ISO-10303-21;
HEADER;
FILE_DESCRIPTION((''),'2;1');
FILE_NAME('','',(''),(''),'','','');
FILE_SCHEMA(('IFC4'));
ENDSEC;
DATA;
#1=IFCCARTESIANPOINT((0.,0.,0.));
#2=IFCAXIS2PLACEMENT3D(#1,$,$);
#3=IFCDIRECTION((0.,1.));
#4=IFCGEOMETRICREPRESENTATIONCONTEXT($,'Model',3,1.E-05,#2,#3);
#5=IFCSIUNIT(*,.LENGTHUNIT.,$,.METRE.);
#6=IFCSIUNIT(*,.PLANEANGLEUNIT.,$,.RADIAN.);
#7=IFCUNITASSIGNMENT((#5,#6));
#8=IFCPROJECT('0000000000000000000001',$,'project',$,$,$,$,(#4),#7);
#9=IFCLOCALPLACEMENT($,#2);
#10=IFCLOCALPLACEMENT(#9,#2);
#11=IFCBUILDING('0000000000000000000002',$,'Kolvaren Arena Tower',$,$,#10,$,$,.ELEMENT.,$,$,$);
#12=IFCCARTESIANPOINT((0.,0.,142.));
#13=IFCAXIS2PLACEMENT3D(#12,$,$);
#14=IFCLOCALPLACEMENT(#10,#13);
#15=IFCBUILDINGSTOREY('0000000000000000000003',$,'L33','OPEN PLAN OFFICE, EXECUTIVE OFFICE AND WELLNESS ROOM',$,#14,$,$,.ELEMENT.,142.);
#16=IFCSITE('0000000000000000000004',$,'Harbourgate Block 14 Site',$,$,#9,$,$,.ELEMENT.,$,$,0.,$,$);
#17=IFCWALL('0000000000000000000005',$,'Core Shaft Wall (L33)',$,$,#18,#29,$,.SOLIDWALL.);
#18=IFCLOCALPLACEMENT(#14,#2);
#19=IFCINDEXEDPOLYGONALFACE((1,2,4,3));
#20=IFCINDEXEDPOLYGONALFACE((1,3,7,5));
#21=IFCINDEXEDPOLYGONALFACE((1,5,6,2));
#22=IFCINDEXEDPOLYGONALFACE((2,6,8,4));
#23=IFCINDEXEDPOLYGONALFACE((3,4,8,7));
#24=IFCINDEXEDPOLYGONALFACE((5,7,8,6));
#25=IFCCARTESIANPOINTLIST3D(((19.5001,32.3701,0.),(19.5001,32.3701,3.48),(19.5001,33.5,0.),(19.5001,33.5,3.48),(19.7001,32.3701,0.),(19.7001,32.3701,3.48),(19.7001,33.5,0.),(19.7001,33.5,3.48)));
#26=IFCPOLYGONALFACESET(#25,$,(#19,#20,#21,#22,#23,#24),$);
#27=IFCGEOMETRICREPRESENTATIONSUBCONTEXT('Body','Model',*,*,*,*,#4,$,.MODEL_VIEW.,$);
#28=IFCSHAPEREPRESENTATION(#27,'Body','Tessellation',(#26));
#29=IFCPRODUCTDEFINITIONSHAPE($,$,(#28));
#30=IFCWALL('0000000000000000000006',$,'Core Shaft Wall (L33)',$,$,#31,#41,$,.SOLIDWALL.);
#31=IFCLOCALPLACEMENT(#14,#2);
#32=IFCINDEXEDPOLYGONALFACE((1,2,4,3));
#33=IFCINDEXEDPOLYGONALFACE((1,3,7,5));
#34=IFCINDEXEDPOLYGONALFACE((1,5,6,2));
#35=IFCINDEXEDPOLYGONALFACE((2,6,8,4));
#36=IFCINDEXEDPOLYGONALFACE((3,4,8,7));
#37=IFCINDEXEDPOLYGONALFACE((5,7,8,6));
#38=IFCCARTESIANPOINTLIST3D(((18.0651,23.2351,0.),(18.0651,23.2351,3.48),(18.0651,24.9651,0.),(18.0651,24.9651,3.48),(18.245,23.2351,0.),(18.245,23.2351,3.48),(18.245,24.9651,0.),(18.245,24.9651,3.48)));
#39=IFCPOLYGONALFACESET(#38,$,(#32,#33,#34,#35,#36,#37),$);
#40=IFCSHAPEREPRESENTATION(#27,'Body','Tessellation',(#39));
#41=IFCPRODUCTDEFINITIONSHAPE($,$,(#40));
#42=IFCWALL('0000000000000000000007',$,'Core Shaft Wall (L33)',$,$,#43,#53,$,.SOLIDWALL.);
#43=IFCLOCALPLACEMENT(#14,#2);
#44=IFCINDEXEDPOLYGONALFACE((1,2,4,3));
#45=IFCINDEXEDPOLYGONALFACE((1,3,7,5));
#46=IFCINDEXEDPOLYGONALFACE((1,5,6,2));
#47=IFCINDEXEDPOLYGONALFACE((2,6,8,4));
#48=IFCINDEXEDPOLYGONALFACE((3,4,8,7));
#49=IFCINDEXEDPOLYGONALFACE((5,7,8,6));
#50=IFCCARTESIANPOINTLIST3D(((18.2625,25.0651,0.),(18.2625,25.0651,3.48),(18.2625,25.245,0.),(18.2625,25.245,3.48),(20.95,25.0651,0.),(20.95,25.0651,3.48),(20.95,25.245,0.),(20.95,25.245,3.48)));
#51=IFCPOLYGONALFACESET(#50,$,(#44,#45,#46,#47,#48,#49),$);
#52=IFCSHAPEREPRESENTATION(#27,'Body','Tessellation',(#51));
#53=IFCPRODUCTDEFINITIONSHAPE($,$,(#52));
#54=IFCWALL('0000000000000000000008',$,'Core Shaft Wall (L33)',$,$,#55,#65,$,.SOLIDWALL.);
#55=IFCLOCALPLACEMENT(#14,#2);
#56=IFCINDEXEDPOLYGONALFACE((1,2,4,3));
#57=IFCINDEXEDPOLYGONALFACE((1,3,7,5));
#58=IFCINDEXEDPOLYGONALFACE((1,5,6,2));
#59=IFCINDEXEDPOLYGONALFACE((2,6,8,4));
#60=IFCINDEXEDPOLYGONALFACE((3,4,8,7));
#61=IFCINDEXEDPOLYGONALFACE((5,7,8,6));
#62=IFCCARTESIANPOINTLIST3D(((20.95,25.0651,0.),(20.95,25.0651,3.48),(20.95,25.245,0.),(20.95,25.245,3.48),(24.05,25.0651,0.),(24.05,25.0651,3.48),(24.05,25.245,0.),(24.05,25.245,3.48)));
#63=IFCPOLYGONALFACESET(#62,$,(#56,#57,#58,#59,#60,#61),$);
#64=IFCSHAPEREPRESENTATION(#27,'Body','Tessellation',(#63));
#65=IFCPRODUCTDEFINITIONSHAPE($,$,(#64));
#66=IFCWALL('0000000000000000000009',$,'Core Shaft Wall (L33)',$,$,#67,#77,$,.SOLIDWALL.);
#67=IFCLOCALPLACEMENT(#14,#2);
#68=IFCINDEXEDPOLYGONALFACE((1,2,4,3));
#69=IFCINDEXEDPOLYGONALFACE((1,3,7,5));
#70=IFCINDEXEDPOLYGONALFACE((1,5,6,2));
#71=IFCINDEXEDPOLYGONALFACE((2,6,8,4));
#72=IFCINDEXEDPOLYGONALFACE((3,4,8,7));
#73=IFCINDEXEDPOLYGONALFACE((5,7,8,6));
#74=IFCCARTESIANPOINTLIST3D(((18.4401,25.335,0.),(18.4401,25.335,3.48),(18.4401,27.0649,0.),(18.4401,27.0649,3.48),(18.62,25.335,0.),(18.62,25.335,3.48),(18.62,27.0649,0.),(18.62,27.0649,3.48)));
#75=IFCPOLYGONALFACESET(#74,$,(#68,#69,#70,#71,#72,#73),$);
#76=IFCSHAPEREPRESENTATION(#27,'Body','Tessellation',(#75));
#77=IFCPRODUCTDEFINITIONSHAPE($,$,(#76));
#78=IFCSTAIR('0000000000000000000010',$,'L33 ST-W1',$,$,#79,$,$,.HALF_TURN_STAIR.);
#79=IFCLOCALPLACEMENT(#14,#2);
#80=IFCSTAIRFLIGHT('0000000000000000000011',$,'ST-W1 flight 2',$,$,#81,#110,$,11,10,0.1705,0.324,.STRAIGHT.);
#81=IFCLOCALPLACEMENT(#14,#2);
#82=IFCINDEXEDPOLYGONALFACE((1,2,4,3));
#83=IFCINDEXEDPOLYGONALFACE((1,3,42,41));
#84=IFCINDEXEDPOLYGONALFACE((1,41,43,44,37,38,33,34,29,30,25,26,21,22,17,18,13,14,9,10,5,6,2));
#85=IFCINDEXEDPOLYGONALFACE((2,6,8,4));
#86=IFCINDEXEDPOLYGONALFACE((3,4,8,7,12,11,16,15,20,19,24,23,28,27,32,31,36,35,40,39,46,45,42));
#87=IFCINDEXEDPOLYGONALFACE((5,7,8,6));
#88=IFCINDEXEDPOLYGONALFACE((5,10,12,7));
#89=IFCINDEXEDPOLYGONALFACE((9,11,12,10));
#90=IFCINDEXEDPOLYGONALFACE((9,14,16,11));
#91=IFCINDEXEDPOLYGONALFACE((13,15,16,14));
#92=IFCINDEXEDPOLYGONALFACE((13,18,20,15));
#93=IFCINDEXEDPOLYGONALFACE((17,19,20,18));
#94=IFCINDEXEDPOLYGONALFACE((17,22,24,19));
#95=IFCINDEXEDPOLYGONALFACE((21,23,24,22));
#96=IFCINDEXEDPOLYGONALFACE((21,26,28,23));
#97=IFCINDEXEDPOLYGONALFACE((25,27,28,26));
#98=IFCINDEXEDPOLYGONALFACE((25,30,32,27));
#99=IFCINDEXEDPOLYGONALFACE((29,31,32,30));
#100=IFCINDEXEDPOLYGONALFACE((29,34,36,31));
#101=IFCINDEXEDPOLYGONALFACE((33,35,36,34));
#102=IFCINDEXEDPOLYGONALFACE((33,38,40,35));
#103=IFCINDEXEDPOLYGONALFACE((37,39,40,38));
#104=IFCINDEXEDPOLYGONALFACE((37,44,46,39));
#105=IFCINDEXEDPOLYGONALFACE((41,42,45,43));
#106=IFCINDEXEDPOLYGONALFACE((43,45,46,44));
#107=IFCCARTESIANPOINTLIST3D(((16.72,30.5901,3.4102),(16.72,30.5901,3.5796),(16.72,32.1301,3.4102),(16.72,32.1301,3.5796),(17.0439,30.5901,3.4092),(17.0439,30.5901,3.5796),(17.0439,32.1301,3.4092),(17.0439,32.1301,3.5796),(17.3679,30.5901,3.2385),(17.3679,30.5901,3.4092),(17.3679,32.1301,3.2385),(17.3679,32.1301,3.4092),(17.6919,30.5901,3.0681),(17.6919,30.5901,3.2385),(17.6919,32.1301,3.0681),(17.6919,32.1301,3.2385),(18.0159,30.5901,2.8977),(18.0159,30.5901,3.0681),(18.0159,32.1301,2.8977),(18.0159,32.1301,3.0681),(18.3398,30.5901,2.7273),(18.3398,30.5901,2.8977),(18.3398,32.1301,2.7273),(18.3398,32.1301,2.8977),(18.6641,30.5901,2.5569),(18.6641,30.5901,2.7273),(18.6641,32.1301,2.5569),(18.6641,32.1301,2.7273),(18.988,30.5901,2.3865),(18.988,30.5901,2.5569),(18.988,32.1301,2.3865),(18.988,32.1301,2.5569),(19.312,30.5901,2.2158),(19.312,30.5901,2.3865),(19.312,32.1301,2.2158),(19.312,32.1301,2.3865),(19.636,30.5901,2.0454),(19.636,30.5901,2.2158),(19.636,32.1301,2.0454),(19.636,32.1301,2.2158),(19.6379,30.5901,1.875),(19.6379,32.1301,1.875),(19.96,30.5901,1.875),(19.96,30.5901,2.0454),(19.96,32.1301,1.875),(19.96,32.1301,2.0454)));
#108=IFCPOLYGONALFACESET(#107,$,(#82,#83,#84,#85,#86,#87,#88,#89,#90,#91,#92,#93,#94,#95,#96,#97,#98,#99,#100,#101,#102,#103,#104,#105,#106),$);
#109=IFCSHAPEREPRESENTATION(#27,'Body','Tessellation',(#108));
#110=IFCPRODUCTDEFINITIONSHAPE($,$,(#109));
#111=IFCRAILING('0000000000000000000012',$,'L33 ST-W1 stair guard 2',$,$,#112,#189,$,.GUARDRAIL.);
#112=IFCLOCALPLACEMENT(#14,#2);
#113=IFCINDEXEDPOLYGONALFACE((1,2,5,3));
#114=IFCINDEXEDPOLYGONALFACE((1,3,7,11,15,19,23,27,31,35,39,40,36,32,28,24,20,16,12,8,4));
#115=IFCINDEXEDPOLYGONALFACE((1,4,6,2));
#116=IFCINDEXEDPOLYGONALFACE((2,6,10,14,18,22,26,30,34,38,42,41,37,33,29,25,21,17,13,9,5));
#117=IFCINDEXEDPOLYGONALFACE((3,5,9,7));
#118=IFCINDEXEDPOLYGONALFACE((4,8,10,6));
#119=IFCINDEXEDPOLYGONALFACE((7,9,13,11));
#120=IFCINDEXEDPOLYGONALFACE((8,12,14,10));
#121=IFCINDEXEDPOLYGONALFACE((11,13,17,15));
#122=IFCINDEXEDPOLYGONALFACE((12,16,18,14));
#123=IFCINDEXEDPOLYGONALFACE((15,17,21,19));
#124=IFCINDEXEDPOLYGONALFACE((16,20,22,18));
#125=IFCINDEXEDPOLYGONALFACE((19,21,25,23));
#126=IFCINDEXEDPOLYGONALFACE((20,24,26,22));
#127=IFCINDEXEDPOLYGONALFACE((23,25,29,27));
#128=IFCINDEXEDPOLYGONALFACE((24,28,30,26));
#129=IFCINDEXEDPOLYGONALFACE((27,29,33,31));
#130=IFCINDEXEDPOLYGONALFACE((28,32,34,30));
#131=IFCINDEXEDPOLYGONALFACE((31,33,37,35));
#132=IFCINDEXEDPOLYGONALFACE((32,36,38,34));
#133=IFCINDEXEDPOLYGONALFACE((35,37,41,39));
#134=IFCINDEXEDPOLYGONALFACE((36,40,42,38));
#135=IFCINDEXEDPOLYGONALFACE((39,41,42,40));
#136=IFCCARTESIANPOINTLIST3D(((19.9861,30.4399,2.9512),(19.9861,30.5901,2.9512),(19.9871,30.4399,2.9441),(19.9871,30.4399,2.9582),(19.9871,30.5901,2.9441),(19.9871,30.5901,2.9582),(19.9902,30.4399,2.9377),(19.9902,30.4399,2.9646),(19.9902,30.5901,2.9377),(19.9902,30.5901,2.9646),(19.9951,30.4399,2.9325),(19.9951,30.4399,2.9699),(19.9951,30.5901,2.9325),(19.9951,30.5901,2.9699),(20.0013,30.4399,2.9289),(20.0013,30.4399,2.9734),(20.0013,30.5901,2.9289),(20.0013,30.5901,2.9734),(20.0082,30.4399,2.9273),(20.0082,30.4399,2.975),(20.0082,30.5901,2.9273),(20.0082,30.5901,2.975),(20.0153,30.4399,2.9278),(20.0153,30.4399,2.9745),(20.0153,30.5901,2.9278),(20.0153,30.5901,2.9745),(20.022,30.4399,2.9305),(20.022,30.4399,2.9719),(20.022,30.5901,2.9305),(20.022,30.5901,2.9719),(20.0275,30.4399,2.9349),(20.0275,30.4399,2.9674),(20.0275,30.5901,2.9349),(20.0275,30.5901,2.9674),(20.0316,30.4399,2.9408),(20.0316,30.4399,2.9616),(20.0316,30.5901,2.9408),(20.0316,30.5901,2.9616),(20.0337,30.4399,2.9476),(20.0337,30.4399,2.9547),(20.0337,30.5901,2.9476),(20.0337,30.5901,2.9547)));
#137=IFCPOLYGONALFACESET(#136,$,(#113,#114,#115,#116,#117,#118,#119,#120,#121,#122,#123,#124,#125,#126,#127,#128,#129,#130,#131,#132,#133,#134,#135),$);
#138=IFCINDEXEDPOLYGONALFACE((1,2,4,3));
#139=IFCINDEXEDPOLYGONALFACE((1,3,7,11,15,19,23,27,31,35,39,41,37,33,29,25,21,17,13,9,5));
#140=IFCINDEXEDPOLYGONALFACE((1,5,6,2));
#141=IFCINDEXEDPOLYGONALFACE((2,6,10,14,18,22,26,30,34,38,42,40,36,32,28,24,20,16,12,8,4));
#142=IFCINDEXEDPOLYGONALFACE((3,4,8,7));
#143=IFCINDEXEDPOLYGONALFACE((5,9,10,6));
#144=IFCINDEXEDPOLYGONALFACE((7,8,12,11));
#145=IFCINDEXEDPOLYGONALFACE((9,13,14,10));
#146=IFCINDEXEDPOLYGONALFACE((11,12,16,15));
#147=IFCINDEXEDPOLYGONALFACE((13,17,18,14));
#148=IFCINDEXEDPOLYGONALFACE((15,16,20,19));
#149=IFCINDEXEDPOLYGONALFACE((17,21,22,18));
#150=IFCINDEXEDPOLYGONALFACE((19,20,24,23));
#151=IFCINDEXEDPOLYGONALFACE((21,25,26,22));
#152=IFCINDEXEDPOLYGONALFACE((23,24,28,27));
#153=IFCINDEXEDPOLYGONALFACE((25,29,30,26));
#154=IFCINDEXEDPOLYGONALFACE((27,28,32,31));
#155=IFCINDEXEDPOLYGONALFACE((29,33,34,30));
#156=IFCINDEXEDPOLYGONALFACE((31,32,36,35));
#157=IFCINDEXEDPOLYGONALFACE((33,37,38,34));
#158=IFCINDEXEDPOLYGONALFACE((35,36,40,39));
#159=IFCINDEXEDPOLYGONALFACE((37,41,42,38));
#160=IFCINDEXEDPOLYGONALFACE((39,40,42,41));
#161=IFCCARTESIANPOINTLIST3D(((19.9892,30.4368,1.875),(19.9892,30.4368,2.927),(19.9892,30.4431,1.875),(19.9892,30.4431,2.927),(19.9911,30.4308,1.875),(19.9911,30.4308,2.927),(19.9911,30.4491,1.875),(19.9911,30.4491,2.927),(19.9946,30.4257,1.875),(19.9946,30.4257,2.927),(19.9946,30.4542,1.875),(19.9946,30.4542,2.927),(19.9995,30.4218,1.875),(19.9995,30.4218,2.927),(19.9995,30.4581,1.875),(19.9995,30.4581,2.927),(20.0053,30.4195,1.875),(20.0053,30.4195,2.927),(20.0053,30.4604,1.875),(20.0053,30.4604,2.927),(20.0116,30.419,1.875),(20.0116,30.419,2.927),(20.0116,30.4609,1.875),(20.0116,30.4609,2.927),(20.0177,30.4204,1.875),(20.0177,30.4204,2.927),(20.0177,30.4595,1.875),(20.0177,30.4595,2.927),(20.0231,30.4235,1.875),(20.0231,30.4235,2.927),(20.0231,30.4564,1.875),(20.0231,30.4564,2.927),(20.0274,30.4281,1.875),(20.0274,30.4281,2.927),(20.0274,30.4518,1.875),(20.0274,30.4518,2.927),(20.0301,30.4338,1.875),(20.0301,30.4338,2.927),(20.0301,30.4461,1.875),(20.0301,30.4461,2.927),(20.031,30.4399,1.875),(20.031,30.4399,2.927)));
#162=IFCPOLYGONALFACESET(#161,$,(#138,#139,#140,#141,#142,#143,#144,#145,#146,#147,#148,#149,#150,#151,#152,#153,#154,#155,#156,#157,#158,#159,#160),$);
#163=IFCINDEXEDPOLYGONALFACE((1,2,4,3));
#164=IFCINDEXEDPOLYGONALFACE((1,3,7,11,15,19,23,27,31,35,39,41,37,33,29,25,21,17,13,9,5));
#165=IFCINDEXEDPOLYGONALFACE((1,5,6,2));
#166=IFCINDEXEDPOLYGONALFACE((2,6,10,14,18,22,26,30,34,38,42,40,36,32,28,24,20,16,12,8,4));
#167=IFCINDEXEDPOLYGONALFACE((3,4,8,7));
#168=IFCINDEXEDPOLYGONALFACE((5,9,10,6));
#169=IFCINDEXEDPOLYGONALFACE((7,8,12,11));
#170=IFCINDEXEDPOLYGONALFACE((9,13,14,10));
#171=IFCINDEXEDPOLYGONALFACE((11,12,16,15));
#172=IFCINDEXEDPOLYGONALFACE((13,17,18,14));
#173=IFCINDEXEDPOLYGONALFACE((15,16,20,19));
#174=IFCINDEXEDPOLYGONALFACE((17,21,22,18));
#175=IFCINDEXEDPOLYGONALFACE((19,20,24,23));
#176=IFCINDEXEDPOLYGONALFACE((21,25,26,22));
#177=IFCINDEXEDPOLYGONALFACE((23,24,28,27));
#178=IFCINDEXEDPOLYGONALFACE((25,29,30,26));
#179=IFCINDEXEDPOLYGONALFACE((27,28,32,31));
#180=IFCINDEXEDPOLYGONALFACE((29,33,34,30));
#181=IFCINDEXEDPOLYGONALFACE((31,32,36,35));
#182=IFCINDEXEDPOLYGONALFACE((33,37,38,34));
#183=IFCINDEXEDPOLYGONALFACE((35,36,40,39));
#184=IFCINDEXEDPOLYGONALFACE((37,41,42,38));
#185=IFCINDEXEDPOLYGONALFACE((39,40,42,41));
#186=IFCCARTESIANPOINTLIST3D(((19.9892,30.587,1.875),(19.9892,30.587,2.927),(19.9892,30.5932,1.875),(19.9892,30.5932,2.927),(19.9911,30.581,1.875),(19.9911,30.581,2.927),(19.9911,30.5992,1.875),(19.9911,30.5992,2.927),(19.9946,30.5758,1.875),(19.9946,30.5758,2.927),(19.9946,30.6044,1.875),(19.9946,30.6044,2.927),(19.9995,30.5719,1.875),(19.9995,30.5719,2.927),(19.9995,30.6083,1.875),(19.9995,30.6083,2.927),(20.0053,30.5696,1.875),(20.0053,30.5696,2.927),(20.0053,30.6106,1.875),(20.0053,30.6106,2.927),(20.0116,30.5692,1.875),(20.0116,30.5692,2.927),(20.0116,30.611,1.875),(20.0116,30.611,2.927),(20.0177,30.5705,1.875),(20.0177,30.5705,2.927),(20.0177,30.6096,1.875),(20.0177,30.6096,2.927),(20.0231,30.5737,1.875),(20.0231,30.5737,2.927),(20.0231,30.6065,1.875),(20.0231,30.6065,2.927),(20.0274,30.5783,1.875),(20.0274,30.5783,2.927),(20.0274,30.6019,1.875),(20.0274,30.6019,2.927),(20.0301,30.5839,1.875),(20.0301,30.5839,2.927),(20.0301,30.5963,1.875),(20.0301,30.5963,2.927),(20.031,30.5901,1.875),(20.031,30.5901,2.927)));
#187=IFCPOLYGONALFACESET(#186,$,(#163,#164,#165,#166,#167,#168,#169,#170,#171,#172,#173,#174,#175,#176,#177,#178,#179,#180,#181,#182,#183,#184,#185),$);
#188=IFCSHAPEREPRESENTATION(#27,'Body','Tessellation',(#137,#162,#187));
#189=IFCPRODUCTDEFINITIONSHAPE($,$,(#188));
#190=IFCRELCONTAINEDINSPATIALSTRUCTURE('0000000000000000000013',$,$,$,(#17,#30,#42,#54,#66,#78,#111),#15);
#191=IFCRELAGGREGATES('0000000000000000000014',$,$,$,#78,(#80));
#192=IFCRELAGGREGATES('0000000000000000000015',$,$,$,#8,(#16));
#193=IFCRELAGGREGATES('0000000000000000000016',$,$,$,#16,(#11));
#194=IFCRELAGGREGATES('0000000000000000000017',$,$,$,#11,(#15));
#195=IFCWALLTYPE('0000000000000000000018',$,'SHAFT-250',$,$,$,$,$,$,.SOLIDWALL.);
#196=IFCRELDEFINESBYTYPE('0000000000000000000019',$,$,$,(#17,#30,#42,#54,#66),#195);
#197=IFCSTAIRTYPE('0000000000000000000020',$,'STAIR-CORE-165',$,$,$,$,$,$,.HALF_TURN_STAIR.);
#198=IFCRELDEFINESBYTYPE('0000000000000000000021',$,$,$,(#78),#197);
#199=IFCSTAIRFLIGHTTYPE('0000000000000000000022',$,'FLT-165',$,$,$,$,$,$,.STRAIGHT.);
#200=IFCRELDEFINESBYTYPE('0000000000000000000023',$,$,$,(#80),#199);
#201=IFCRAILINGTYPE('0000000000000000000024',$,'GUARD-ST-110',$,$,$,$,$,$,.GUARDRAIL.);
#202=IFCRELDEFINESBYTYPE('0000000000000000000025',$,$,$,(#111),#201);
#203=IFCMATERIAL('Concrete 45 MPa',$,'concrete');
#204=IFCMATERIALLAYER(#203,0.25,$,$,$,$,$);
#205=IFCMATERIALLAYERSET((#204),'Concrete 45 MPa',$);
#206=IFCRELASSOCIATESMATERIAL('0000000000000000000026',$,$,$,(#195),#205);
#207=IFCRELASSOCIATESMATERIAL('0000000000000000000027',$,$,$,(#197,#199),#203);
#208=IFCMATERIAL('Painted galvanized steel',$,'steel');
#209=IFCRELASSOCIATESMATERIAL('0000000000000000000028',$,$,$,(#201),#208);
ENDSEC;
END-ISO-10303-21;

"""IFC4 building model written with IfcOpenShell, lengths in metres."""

from ifc_helpers import new_model, si_unit, direction, frame, frame_2d, origin, origin_2d, place, context, subcontext, project, spatial, polyline, rectangle, circle, outline, extrude, material, layer, layer_set, type_object, element, aggregate, save


model = new_model("IFC4")

# Units and contexts
model_context = context("Model", 3, precision=1e-05, world=origin(), true_north=direction((0.0, 1.0)))
body_context = subcontext(model_context, "Body", "Model", "MODEL_VIEW")
ifc_project = project(units=[si_unit("LENGTHUNIT", "METRE"), si_unit("PLANEANGLEUNIT", "RADIAN")], contexts=[model_context])

# Site, building, storey
site_placement = place(None, origin())
site = spatial("IfcSite", under=ifc_project, at=site_placement, Name="Harbourgate Block 14 Site", CompositionType="ELEMENT", RefElevation=0.0)
building_placement = place(site_placement, origin())
building = spatial("IfcBuilding", under=site, at=building_placement, Name="Kolvaren Arena Tower", CompositionType="ELEMENT")
storey_placement = place(building_placement, frame((0.0, 0.0, 142.0)))
storey = spatial("IfcBuildingStorey", under=building, at=storey_placement, Name="L33", Description="OPEN PLAN OFFICE, EXECUTIVE OFFICE AND WELLNESS ROOM", CompositionType="ELEMENT", Elevation=142.0)

# Shared definitions
ifc_material_1 = material(Name="Concrete 45 MPa", Category="concrete")
ifc_layer = layer(ifc_material_1, 0.25)
ifc_layer_set = layer_set([ifc_layer], Name="Concrete 45 MPa")
wall_type = type_object("IfcWallType", Name="SHAFT-250", PredefinedType="SOLIDWALL", material=ifc_layer_set)

# Walls
wall_1_placement = place(storey_placement, frame((19.6001, 32.3701, 0.0), z_axis=(0.0, 0.0, 1.0), x_axis=(0.0, 1.0, 0.0)))
element("IfcWall", 1, at=wall_1_placement, inside=storey, type_object=wall_type, Name="Core Shaft Wall (L33)", PredefinedType="SOLIDWALL", context=body_context, shape_type="SweptSolid", body=[
    extrude(rectangle(XDim=1.1299, YDim=0.2, at=frame_2d((0.5649, 0.0))), origin(), (0.0, 0.0, 1.0), 3.48),
])
wall_2_placement = place(storey_placement, frame((18.155, 23.2351, 0.0), z_axis=(0.0, 0.0, 1.0), x_axis=(0.0, 1.0, 0.0)))
element("IfcWall", 2, at=wall_2_placement, inside=storey, type_object=wall_type, Name="Core Shaft Wall (L33)", PredefinedType="SOLIDWALL", context=body_context, shape_type="SweptSolid", body=[
    extrude(rectangle(XDim=1.73, YDim=0.1799, at=frame_2d((0.865, 0.0))), origin(), (0.0, 0.0, 1.0), 3.48),
])
wall_3_placement = place(storey_placement, frame((18.2625, 25.155, 0.0), z_axis=(0.0, 0.0, 1.0), x_axis=(1.0, 0.0, 0.0)))
element("IfcWall", 3, at=wall_3_placement, inside=storey, type_object=wall_type, Name="Core Shaft Wall (L33)", PredefinedType="SOLIDWALL", context=body_context, shape_type="SweptSolid", body=[
    extrude(rectangle(XDim=2.6875, YDim=0.1799, at=frame_2d((1.3438, 0.0))), origin(), (0.0, 0.0, 1.0), 3.48),
])
wall_4_placement = place(storey_placement, frame((20.95, 25.155, 0.0), z_axis=(0.0, 0.0, 1.0), x_axis=(1.0, 0.0, 0.0)))
element("IfcWall", 4, at=wall_4_placement, inside=storey, type_object=wall_type, Name="Core Shaft Wall (L33)", PredefinedType="SOLIDWALL", context=body_context, shape_type="SweptSolid", body=[
    extrude(rectangle(XDim=3.1001, YDim=0.1799, at=frame_2d((1.55, 0.0))), origin(), (0.0, 0.0, 1.0), 3.48),
])
wall_5_placement = place(storey_placement, frame((18.53, 25.335, 0.0), z_axis=(0.0, 0.0, 1.0), x_axis=(0.0, 1.0, 0.0)))
element("IfcWall", 5, at=wall_5_placement, inside=storey, type_object=wall_type, Name="Core Shaft Wall (L33)", PredefinedType="SOLIDWALL", context=body_context, shape_type="SweptSolid", body=[
    extrude(rectangle(XDim=1.73, YDim=0.1799, at=frame_2d((0.865, 0.0))), origin(), (0.0, 0.0, 1.0), 3.48),
])

# Stair, stair flight
stair_type = type_object("IfcStairType", Name="STAIR-CORE-165", PredefinedType="HALF_TURN_STAIR", material=ifc_material_1)
stair_placement = place(storey_placement, origin())
stair = element("IfcStair", 6, at=stair_placement, inside=storey, type_object=stair_type, Name="L33 ST-W1", PredefinedType="HALF_TURN_STAIR")
stair_flight_type = type_object("IfcStairFlightType", Name="FLT-165", PredefinedType="STRAIGHT", material=ifc_material_1)
stair_flight_placement = place(storey_placement, frame((19.96, 31.3601, 1.875), z_axis=(0.0, 0.0, 1.0), x_axis=(-1.0, 0.0, 0.0)))
stair_flight = element("IfcStairFlight", 7, at=stair_flight_placement, type_object=stair_flight_type, Name="ST-W1 flight 2", NumberOfRisers=11, NumberOfTreads=10, PredefinedType="STRAIGHT", RiserHeight=0.1705, TreadLength=0.324, context=body_context, shape_type="SweptSolid", body=[
    extrude(outline(polyline([(0.0, 0.0), (0.0, 0.1704), (0.324, 0.1704), (0.324, 0.3408), (0.6479, 0.3408), (0.6479, 0.5115), (0.9719, 0.5115), (0.9719, 0.6819), (1.2959, 0.6819), (1.2959, 0.8523), (1.6201, 0.8523), (1.6201, 1.0227), (1.9441, 1.0227), (1.9441, 1.1931), (2.2681, 1.1931), (2.2681, 1.3635), (2.592, 1.3635), (2.592, 1.5342), (2.916, 1.5342), (2.916, 1.7046), (3.24, 1.7046), (3.24, 1.875), (3.24, 1.5352), (0.322, 0.0), (0.0, 0.0)])), frame((0.0, 0.77, 0.0), z_axis=(0.0, -1.0, 0.0), x_axis=(1.0, 0.0, 0.0)), (0.0, 0.0, 1.0), 1.54),
])
aggregate(stair, [stair_flight])

# Railing
ifc_material_2 = material(Name="Painted galvanized steel", Category="steel")
railing_type_1 = type_object("IfcRailingType", Name="GUARD-ST-110", PredefinedType="GUARDRAIL", material=ifc_material_2)
railing_1_placement = place(storey_placement, frame((20.01, 30.4399, 1.875)))
element("IfcRailing", 8, at=railing_1_placement, inside=storey, type_object=railing_type_1, Name="L33 ST-W1 stair guard 2", PredefinedType="GUARDRAIL", context=body_context, shape_type="SweptSolid", body=[
    extrude(circle(Radius=0.0239, at=origin_2d()), frame((0.0, 0.0, 1.0762), z_axis=(0.0, 1.0, 0.0), x_axis=(-1.0, 0.0, 0.0)), (0.0, 0.0, 1.0), 0.1501),
    extrude(circle(Radius=0.021, at=origin_2d()), origin(), (0.0, 0.0, 1.0), 1.052),
    extrude(circle(Radius=0.021, at=origin_2d()), frame((0.0, 0.1501, 0.0)), (0.0, 0.0, 1.0), 1.052),
])

save(model, "model.ifc")
